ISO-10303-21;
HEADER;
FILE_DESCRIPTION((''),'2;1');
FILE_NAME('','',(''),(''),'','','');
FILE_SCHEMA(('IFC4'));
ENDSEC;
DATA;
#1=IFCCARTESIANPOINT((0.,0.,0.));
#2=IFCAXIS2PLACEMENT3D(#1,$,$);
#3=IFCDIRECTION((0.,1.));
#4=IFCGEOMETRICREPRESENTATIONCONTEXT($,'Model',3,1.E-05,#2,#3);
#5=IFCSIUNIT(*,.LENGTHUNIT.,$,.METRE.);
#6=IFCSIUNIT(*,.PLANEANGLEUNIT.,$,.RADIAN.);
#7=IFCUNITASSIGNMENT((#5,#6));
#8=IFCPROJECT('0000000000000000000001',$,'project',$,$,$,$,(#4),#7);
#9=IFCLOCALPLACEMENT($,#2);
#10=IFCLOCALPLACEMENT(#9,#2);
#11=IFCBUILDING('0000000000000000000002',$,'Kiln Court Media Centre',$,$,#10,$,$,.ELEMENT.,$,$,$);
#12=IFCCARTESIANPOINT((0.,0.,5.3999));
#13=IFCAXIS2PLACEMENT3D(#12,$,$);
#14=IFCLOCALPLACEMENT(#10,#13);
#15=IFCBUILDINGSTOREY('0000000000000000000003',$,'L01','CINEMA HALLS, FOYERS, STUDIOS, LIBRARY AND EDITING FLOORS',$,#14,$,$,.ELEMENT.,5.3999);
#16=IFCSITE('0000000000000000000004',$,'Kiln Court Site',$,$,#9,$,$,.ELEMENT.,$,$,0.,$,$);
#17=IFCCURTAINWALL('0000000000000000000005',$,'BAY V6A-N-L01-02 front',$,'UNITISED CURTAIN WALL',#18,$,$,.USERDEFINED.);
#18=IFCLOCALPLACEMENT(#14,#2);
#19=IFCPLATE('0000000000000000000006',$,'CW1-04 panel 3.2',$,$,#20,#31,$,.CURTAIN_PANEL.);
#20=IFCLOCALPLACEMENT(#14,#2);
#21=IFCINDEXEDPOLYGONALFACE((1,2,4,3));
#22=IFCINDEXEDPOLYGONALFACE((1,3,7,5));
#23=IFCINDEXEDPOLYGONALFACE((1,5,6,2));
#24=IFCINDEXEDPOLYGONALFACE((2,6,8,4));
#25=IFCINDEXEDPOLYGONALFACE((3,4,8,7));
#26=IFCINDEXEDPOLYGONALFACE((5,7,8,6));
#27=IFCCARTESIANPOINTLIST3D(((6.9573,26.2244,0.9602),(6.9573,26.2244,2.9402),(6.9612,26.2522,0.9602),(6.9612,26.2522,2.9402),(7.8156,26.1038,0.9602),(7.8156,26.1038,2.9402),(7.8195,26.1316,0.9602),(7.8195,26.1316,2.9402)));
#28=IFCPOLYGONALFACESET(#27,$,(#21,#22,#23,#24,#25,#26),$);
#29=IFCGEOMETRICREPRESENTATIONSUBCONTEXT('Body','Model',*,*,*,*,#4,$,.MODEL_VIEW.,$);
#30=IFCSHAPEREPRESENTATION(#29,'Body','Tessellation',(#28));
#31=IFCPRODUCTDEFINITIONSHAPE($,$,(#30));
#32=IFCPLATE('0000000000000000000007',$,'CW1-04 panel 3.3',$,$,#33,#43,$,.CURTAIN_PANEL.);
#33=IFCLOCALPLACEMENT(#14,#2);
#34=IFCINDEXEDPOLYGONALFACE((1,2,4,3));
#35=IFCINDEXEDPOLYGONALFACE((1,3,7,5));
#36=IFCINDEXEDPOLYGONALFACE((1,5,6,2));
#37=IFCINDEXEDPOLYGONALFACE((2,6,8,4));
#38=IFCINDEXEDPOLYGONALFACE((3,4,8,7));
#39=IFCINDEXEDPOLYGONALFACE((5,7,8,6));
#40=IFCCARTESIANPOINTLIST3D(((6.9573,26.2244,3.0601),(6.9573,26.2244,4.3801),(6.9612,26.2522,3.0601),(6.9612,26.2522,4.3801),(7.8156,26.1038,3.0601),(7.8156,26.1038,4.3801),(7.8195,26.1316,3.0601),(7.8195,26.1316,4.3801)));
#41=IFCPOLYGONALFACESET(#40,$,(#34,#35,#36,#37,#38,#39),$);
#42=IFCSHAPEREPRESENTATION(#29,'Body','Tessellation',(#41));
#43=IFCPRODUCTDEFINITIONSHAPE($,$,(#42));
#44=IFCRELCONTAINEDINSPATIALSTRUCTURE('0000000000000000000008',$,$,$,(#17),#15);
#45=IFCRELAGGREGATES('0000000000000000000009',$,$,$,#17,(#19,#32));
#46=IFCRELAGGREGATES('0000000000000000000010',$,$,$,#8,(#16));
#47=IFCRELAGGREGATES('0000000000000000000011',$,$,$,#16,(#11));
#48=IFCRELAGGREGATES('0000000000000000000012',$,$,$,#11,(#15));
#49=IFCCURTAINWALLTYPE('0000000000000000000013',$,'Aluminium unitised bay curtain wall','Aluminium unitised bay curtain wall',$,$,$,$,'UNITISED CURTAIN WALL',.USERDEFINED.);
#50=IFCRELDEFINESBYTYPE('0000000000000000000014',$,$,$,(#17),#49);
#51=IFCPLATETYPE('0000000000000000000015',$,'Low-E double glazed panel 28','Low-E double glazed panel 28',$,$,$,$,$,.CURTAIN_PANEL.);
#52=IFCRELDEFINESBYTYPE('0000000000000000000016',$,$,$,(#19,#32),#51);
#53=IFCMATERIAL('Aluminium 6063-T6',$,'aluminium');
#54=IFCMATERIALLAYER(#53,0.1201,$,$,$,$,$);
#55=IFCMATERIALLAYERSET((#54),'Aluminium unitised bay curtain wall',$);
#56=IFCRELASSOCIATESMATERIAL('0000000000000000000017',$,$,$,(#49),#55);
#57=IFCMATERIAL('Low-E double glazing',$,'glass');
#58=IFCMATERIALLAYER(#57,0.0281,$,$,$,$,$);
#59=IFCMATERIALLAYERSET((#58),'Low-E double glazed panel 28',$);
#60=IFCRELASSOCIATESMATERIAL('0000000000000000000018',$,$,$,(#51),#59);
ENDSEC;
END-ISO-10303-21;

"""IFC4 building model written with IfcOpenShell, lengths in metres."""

from ifc_helpers import new_model, si_unit, direction, frame, origin, origin_2d, place, context, subcontext, project, spatial, rectangle, extrude, material, layer, layer_set, type_object, element, aggregate, save


model = new_model("IFC4")

# Units and contexts
model_context = context("Model", 3, precision=1e-05, world=origin(), true_north=direction((0.0, 1.0)))
body_context = subcontext(model_context, "Body", "Model", "MODEL_VIEW")
ifc_project = project(units=[si_unit("LENGTHUNIT", "METRE"), si_unit("PLANEANGLEUNIT", "RADIAN")], contexts=[model_context])

# Site, building, storey
site_placement = place(None, origin())
site = spatial("IfcSite", under=ifc_project, at=site_placement, Name="Kiln Court Site", CompositionType="ELEMENT", RefElevation=0.0)
building_placement = place(site_placement, origin())
building = spatial("IfcBuilding", under=site, at=building_placement, Name="Kiln Court Media Centre", CompositionType="ELEMENT")
storey_placement = place(building_placement, frame((0.0, 0.0, 5.3999)))
storey = spatial("IfcBuildingStorey", under=building, at=storey_placement, Name="L01", Description="CINEMA HALLS, FOYERS, STUDIOS, LIBRARY AND EDITING FLOORS", CompositionType="ELEMENT", Elevation=5.3999)

# Curtain wall
ifc_material_1 = material(Name="Aluminium 6063-T6", Category="aluminium")
ifc_layer_1 = layer(ifc_material_1, 0.1201)
ifc_layer_set_1 = layer_set([ifc_layer_1], Name="Aluminium unitised bay curtain wall")
curtain_wall_type = type_object("IfcCurtainWallType", Name="Aluminium unitised bay curtain wall", Description="Aluminium unitised bay curtain wall", ElementType="UNITISED CURTAIN WALL", PredefinedType="USERDEFINED", material=ifc_layer_set_1)
curtain_wall_1_placement = place(storey_placement, origin())
curtain_wall_1 = element("IfcCurtainWall", 1, at=curtain_wall_1_placement, inside=storey, type_object=curtain_wall_type, Name="BAY V6A-N-L01-02 front", ObjectType="UNITISED CURTAIN WALL", PredefinedType="USERDEFINED")

# Plates
ifc_material_2 = material(Name="Low-E double glazing", Category="glass")
ifc_layer_2 = layer(ifc_material_2, 0.0281)
ifc_layer_set_2 = layer_set([ifc_layer_2], Name="Low-E double glazed panel 28")
plate_type_1 = type_object("IfcPlateType", Name="Low-E double glazed panel 28", Description="Low-E double glazed panel 28", PredefinedType="CURTAIN_PANEL", material=ifc_layer_set_2)
plate_1_placement = place(storey_placement, frame((7.3884, 26.178, 0.9602), z_axis=(0.0, 0.0, 1.0), x_axis=(0.99027, -0.139162, 0.0)))
plate_1 = element("IfcPlate", 2, at=plate_1_placement, type_object=plate_type_1, Name="CW1-04 panel 3.2", PredefinedType="CURTAIN_PANEL", context=body_context, shape_type="SweptSolid", body=[
    extrude(rectangle(XDim=0.8667, YDim=0.0281, at=origin_2d()), origin(), (0.0, 0.0, 1.0), 1.98),
])
plate_2_placement = place(storey_placement, frame((7.3884, 26.178, 3.0601), z_axis=(0.0, 0.0, 1.0), x_axis=(0.99027, -0.139162, 0.0)))
plate_2 = element("IfcPlate", 3, at=plate_2_placement, type_object=plate_type_1, Name="CW1-04 panel 3.3", PredefinedType="CURTAIN_PANEL", context=body_context, shape_type="SweptSolid", body=[
    extrude(rectangle(XDim=0.8667, YDim=0.0281, at=origin_2d()), origin(), (0.0, 0.0, 1.0), 1.3201),
])
aggregate(curtain_wall_1, [plate_1, plate_2])

save(model, "model.ifc")
